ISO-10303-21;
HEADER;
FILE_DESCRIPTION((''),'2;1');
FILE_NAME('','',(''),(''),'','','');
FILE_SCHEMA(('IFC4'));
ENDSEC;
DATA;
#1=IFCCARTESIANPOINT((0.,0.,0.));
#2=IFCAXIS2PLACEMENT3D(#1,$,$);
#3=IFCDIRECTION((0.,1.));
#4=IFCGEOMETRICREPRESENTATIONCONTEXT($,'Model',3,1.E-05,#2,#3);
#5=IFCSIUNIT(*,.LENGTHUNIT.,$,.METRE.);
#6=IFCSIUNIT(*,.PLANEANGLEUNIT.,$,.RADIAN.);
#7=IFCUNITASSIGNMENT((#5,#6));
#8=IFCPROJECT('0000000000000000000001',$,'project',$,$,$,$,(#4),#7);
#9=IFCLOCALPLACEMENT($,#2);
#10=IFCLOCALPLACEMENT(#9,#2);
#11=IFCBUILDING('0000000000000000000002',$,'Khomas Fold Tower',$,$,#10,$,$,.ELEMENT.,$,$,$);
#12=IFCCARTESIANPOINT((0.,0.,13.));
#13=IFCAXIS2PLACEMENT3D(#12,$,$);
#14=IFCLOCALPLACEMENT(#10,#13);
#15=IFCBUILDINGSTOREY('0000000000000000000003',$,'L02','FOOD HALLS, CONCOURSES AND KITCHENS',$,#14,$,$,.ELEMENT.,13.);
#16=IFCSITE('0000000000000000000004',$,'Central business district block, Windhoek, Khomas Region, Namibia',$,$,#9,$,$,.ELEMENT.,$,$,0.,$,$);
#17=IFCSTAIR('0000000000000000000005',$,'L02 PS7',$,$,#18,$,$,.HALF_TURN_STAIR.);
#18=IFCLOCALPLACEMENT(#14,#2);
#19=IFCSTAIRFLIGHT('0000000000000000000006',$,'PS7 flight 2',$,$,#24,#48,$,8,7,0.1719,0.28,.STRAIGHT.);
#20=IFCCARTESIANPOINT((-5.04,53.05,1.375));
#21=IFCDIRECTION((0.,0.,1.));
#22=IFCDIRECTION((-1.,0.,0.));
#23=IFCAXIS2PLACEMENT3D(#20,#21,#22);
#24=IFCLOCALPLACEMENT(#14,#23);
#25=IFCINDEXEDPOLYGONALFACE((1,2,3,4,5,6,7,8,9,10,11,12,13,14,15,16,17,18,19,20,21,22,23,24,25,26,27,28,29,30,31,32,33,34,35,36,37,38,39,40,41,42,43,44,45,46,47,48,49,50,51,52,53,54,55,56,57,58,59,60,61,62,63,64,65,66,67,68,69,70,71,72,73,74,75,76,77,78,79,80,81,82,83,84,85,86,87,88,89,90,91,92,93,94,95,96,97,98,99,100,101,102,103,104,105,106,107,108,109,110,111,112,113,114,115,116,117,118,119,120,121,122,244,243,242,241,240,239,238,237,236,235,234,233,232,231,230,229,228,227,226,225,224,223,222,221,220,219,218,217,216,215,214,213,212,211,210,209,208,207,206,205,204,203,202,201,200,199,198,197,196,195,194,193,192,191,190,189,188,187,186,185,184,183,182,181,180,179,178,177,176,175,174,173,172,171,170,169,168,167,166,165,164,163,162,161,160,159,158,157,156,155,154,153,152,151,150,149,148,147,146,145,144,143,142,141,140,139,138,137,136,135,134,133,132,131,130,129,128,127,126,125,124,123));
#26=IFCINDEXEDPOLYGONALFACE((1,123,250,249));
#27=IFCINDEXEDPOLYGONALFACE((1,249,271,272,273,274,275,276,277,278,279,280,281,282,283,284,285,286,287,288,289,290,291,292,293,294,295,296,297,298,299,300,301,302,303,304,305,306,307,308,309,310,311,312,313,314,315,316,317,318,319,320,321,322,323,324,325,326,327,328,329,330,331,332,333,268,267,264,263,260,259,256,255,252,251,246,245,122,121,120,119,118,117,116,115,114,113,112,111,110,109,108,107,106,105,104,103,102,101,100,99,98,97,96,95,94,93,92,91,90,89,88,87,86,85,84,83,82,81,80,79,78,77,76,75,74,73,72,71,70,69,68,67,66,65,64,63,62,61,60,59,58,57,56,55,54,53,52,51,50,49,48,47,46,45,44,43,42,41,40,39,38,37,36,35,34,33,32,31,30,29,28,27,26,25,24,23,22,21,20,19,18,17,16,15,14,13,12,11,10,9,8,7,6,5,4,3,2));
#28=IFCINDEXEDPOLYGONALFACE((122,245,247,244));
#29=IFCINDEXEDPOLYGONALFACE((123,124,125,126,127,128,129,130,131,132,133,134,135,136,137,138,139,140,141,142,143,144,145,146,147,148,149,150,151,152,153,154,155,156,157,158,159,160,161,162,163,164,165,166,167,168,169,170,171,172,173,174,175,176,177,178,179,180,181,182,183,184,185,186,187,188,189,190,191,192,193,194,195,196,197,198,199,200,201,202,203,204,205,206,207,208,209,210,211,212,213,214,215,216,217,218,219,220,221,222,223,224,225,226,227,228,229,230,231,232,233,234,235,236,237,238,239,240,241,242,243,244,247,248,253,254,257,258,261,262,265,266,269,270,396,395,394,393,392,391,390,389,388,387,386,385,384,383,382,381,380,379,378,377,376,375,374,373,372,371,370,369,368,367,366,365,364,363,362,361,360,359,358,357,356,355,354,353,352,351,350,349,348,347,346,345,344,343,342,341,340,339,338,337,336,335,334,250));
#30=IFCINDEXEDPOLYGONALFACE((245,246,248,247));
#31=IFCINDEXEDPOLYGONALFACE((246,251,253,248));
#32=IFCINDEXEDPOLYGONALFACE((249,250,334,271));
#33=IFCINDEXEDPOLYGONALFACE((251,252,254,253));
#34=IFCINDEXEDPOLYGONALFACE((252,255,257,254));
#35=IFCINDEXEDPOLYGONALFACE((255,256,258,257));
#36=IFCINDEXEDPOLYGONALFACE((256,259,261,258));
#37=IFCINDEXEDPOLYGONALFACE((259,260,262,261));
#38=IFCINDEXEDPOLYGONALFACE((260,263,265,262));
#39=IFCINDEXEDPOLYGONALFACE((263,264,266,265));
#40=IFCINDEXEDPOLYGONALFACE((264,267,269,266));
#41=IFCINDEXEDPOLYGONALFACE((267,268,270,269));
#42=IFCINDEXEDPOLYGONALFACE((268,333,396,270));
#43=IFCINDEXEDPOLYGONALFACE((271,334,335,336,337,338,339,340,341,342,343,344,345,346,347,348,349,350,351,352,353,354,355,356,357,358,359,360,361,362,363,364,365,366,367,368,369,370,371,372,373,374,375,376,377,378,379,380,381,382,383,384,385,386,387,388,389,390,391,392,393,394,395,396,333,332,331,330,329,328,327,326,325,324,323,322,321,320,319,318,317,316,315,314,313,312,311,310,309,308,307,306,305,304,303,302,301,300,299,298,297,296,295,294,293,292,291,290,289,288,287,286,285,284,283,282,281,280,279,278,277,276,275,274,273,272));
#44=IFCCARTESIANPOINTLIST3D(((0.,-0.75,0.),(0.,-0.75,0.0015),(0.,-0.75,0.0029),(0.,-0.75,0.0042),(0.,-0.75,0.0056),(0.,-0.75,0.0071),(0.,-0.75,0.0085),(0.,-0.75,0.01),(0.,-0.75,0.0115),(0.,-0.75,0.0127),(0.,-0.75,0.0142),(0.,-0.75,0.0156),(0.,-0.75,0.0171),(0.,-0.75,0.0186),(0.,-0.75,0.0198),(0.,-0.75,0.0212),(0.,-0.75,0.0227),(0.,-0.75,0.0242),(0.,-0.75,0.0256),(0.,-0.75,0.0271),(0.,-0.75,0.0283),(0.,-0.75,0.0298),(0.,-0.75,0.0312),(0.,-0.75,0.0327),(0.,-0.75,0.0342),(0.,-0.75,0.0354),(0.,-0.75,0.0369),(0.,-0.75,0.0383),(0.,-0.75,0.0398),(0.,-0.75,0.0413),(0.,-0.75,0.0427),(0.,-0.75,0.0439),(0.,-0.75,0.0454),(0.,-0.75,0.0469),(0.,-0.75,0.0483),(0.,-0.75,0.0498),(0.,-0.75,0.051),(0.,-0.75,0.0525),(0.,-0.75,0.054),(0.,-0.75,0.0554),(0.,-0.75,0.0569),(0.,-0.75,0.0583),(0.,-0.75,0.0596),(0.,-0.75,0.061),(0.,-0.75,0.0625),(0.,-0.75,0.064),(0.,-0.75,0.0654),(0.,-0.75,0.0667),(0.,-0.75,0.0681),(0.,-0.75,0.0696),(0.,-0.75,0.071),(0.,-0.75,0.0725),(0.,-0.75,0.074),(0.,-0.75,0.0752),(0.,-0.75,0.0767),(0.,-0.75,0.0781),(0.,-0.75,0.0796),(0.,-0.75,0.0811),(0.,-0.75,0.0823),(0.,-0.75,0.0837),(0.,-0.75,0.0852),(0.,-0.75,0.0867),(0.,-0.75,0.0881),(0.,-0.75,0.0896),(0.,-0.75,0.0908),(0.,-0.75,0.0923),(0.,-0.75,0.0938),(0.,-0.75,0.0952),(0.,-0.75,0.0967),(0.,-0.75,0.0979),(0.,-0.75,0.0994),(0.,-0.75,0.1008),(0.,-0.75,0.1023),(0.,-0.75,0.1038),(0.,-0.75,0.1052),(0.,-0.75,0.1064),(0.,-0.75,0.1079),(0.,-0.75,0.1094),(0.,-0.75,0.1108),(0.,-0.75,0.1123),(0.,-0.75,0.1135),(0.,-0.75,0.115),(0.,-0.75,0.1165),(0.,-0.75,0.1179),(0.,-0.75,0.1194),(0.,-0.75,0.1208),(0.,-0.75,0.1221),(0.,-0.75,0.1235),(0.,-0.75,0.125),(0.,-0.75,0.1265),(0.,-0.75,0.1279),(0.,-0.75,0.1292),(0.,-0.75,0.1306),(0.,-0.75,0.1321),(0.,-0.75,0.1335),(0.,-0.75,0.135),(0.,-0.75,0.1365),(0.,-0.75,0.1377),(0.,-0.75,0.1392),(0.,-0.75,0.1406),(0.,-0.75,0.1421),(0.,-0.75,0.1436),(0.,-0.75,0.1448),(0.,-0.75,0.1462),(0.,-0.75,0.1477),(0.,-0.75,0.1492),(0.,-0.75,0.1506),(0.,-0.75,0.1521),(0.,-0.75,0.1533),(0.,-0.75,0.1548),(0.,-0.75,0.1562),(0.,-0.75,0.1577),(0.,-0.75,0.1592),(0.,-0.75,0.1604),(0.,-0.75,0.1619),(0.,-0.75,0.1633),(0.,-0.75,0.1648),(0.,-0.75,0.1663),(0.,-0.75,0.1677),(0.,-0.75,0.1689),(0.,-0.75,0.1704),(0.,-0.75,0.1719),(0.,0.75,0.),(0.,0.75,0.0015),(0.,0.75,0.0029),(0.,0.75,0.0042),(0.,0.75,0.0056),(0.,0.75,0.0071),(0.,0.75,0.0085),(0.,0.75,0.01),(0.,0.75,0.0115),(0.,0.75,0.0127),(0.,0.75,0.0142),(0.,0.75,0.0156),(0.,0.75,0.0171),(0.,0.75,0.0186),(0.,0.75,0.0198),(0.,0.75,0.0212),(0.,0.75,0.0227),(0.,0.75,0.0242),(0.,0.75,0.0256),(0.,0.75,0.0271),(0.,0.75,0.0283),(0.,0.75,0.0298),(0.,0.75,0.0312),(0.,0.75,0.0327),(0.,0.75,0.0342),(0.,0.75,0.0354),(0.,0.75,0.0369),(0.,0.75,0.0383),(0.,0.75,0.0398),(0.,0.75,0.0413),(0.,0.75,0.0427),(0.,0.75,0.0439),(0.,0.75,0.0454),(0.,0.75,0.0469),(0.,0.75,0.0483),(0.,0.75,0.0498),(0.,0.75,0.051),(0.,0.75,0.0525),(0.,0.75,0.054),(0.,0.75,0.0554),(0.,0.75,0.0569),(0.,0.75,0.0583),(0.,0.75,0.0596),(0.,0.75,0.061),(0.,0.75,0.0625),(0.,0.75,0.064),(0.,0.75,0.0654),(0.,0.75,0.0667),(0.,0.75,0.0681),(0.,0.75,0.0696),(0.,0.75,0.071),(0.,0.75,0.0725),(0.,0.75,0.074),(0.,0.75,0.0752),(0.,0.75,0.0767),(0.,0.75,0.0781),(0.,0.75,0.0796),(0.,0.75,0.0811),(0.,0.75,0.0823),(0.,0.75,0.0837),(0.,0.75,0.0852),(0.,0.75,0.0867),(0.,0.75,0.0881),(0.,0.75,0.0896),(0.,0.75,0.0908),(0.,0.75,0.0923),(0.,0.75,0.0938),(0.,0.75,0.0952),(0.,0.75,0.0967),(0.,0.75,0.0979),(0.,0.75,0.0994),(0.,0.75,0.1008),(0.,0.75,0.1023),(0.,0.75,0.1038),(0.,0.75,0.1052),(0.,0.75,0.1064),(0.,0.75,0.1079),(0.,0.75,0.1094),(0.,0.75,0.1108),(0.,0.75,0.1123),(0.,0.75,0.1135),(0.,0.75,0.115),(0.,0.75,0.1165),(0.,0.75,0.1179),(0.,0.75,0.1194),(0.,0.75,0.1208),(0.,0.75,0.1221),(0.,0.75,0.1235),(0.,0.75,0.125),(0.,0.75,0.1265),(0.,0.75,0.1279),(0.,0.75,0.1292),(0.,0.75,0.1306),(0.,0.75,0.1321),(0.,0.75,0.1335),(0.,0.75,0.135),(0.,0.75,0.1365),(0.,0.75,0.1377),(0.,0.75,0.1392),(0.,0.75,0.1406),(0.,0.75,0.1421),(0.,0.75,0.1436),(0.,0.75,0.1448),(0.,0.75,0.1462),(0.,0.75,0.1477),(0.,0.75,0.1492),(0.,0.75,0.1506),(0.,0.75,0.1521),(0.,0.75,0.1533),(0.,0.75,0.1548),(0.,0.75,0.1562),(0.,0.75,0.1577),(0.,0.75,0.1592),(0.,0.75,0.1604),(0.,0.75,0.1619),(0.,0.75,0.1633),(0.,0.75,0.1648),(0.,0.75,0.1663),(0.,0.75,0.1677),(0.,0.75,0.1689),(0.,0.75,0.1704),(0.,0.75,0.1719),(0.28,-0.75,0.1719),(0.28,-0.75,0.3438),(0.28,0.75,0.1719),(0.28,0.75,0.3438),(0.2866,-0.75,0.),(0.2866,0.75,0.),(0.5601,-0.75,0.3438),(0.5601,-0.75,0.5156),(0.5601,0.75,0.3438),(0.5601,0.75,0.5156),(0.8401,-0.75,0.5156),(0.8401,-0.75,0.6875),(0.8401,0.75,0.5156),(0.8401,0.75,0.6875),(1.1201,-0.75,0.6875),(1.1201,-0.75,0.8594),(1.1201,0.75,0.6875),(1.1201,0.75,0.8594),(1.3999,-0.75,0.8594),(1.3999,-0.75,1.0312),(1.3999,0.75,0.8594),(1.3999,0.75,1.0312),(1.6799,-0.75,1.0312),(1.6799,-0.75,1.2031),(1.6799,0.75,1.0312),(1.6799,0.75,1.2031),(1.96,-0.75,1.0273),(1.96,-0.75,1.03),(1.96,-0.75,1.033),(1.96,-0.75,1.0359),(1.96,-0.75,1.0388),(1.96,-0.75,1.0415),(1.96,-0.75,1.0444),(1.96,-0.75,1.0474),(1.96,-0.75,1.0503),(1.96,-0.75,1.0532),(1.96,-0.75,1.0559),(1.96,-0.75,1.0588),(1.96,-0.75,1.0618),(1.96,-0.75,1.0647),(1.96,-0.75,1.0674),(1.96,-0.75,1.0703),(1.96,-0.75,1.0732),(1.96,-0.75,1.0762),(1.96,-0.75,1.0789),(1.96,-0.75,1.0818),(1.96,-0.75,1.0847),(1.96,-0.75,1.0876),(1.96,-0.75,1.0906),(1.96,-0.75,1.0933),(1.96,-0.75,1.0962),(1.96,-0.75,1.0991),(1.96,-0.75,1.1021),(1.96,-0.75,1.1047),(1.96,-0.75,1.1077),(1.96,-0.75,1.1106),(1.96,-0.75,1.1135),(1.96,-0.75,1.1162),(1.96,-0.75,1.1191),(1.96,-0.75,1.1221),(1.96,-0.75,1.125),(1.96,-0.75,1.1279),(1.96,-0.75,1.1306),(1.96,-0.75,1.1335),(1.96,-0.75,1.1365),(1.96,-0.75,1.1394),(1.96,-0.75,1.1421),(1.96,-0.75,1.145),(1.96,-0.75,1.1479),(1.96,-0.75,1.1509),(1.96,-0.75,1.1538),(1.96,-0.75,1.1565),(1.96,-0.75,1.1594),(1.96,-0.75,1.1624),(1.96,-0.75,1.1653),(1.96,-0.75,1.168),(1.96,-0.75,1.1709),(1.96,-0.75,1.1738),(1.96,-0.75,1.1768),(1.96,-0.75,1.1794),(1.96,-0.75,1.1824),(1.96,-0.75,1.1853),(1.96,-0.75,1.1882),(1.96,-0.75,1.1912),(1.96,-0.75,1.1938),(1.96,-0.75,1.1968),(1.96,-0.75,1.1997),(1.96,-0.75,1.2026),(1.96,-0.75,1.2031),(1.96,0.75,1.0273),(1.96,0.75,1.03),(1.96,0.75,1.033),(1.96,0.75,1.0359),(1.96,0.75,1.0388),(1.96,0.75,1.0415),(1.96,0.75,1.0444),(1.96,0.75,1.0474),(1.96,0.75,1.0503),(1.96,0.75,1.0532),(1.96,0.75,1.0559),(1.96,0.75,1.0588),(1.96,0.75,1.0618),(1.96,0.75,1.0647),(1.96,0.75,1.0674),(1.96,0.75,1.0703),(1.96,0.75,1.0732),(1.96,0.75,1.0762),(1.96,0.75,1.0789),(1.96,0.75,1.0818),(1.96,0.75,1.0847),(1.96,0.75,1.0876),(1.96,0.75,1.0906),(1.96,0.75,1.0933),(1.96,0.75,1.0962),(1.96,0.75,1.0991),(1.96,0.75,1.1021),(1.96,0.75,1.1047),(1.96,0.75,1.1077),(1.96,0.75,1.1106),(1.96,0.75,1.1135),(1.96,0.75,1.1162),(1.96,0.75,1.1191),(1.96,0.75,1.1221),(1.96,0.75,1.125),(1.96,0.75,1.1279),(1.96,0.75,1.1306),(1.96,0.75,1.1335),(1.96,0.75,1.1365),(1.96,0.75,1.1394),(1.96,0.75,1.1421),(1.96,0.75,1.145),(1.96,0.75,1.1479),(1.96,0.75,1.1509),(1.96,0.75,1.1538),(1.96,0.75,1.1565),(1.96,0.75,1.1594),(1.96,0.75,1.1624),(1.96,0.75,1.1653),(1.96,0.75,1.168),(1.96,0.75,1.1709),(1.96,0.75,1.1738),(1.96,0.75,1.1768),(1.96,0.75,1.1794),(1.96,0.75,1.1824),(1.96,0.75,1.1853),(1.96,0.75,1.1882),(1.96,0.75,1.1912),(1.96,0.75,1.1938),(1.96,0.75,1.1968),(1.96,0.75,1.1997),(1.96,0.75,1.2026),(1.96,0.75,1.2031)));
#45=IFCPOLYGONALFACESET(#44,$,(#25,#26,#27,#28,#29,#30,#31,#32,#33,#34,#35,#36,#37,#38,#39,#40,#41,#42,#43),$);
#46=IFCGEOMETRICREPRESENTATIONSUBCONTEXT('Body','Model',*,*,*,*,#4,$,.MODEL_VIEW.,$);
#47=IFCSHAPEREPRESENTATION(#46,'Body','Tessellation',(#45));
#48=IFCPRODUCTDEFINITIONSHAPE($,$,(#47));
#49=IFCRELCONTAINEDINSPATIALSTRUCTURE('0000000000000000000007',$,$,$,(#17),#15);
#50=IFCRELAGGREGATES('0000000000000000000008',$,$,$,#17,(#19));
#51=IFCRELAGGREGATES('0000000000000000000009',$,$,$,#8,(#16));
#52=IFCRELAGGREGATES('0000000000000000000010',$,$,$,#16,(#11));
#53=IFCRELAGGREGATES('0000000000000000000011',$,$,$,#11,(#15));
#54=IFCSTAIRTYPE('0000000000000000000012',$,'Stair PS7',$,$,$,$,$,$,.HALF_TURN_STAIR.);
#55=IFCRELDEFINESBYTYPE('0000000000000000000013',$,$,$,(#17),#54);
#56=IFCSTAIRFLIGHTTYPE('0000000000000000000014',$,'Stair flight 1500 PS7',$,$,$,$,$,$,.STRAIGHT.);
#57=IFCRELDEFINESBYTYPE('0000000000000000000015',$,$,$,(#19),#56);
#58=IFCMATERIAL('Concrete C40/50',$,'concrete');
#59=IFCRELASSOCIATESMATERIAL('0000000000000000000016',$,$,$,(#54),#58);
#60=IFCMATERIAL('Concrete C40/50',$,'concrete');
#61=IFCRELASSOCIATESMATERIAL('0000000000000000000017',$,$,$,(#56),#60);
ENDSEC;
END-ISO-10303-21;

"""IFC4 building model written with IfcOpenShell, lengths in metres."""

from ifc_helpers import new_model, si_unit, direction, frame, origin, place, context, subcontext, project, spatial, polyline, outline, extrude, source, transform, mapped, material, type_object, element, aggregate, save


model = new_model("IFC4")

# Units and contexts
model_context = context("Model", 3, precision=1e-05, world=origin(), true_north=direction((0.0, 1.0)))
body_context = subcontext(model_context, "Body", "Model", "MODEL_VIEW")
ifc_project = project(units=[si_unit("LENGTHUNIT", "METRE"), si_unit("PLANEANGLEUNIT", "RADIAN")], contexts=[model_context])

# Site, building, storey
site_placement = place(None, origin())
site = spatial("IfcSite", under=ifc_project, at=site_placement, Name="Central business district block, Windhoek, Khomas Region, Namibia", CompositionType="ELEMENT", RefElevation=0.0)
building_placement = place(site_placement, origin())
building = spatial("IfcBuilding", under=site, at=building_placement, Name="Khomas Fold Tower", CompositionType="ELEMENT")
storey_placement = place(building_placement, frame((0.0, 0.0, 13.0)))
storey = spatial("IfcBuildingStorey", under=building, at=storey_placement, Name="L02", Description="FOOD HALLS, CONCOURSES AND KITCHENS", CompositionType="ELEMENT", Elevation=13.0)

# Stair, stair flight
ifc_material_1 = material(Name="Concrete C40/50", Category="concrete")
stair_type = type_object("IfcStairType", Name="Stair PS7", PredefinedType="HALF_TURN_STAIR", material=ifc_material_1)
stair_placement = place(storey_placement, origin())
stair = element("IfcStair", 1, at=stair_placement, inside=storey, type_object=stair_type, Name="L02 PS7", PredefinedType="HALF_TURN_STAIR")
ifc_material_2 = material(Name="Concrete C40/50", Category="concrete")
stair_flight_type = type_object("IfcStairFlightType", Name="Stair flight 1500 PS7", PredefinedType="STRAIGHT", material=ifc_material_2)
shared_shape_1 = source(origin(), body_context, "Body", "SweptSolid", [
    extrude(outline(polyline([(0.0, 0.0), (0.0, 0.0015), (0.0, 0.0029), (0.0, 0.0042), (0.0, 0.0056), (0.0, 0.0071), (0.0, 0.0085), (0.0, 0.01), (0.0, 0.0115), (0.0, 0.0127), (0.0, 0.0142), (0.0, 0.0156), (0.0, 0.0171), (0.0, 0.0186), (0.0, 0.0198), (0.0, 0.0212), (0.0, 0.0227), (0.0, 0.0242), (0.0, 0.0256), (0.0, 0.0271), (0.0, 0.0283), (0.0, 0.0298), (0.0, 0.0312), (0.0, 0.0327), (0.0, 0.0342), (0.0, 0.0354), (0.0, 0.0369), (0.0, 0.0383), (0.0, 0.0398), (0.0, 0.0413), (0.0, 0.0427), (0.0, 0.0439), (0.0, 0.0454), (0.0, 0.0469), (0.0, 0.0483), (0.0, 0.0498), (0.0, 0.051), (0.0, 0.0525), (0.0, 0.054), (0.0, 0.0554), (0.0, 0.0569), (0.0, 0.0583), (0.0, 0.0596), (0.0, 0.061), (0.0, 0.0625), (0.0, 0.064), (0.0, 0.0654), (0.0, 0.0667), (0.0, 0.0681), (0.0, 0.0696), (0.0, 0.071), (0.0, 0.0725), (0.0, 0.074), (0.0, 0.0752), (0.0, 0.0767), (0.0, 0.0781), (0.0, 0.0796), (0.0, 0.0811), (0.0, 0.0823), (0.0, 0.0837), (0.0, 0.0852), (0.0, 0.0867), (0.0, 0.0881), (0.0, 0.0896), (0.0, 0.0908), (0.0, 0.0923), (0.0, 0.0938), (0.0, 0.0952), (0.0, 0.0967), (0.0, 0.0979), (0.0, 0.0994), (0.0, 0.1008), (0.0, 0.1023), (0.0, 0.1038), (0.0, 0.1052), (0.0, 0.1064), (0.0, 0.1079), (0.0, 0.1094), (0.0, 0.1108), (0.0, 0.1123), (0.0, 0.1135), (0.0, 0.115), (0.0, 0.1165), (0.0, 0.1179), (0.0, 0.1194), (0.0, 0.1208), (0.0, 0.1221), (0.0, 0.1235), (0.0, 0.125), (0.0, 0.1265), (0.0, 0.1279), (0.0, 0.1292), (0.0, 0.1306), (0.0, 0.1321), (0.0, 0.1335), (0.0, 0.135), (0.0, 0.1365), (0.0, 0.1377), (0.0, 0.1392), (0.0, 0.1406), (0.0, 0.1421), (0.0, 0.1436), (0.0, 0.1448), (0.0, 0.1462), (0.0, 0.1477), (0.0, 0.1492), (0.0, 0.1506), (0.0, 0.1521), (0.0, 0.1533), (0.0, 0.1548), (0.0, 0.1562), (0.0, 0.1577), (0.0, 0.1592), (0.0, 0.1604), (0.0, 0.1619), (0.0, 0.1633), (0.0, 0.1648), (0.0, 0.1663), (0.0, 0.1677), (0.0, 0.1689), (0.0, 0.1704), (0.0, 0.1719), (0.28, 0.1719), (0.28, 0.3438), (0.5601, 0.3438), (0.5601, 0.5156), (0.8401, 0.5156), (0.8401, 0.6875), (1.1201, 0.6875), (1.1201, 0.8594), (1.3999, 0.8594), (1.3999, 1.0312), (1.6799, 1.0312), (1.6799, 1.2031), (1.96, 1.2031), (1.96, 1.375), (1.96, 1.3721), (1.96, 1.3691), (1.96, 1.3665), (1.96, 1.3635), (1.96, 1.3606), (1.96, 1.3577), (1.96, 1.355), (1.96, 1.3521), (1.96, 1.3491), (1.96, 1.3462), (1.96, 1.3435), (1.96, 1.3406), (1.96, 1.3376), (1.96, 1.3347), (1.96, 1.3318), (1.96, 1.3291), (1.96, 1.3262), (1.96, 1.3232), (1.96, 1.3203), (1.96, 1.3176), (1.96, 1.3147), (1.96, 1.3118), (1.96, 1.3088), (1.96, 1.3059), (1.96, 1.3032), (1.96, 1.3003), (1.96, 1.2974), (1.96, 1.2944), (1.96, 1.2917), (1.96, 1.2888), (1.96, 1.2859), (1.96, 1.283), (1.96, 1.2803), (1.96, 1.2773), (1.96, 1.2744), (1.96, 1.2715), (1.96, 1.2686), (1.96, 1.2659), (1.96, 1.2629), (1.96, 1.26), (1.96, 1.2571), (1.96, 1.2544), (1.96, 1.2515), (1.96, 1.2485), (1.96, 1.2456), (1.96, 1.2427), (1.96, 1.24), (1.96, 1.2371), (1.96, 1.2341), (1.96, 1.2312), (1.96, 1.2285), (1.96, 1.2256), (1.96, 1.2227), (1.96, 1.2197), (1.96, 1.217), (1.96, 1.2141), (1.96, 1.2112), (1.96, 1.2083), (1.96, 1.2053), (1.96, 1.2026), (1.96, 1.1997), (1.96, 1.1968), (1.96, 1.1938), (1.96, 1.1912), (1.96, 1.1882), (1.96, 1.1853), (1.96, 1.1824), (1.96, 1.1794), (1.96, 1.1768), (1.96, 1.1738), (1.96, 1.1709), (1.96, 1.168), (1.96, 1.1653), (1.96, 1.1624), (1.96, 1.1594), (1.96, 1.1565), (1.96, 1.1538), (1.96, 1.1509), (1.96, 1.1479), (1.96, 1.145), (1.96, 1.1421), (1.96, 1.1394), (1.96, 1.1365), (1.96, 1.1335), (1.96, 1.1306), (1.96, 1.1279), (1.96, 1.125), (1.96, 1.1221), (1.96, 1.1191), (1.96, 1.1162), (1.96, 1.1135), (1.96, 1.1106), (1.96, 1.1077), (1.96, 1.1047), (1.96, 1.1021), (1.96, 1.0991), (1.96, 1.0962), (1.96, 1.0933), (1.96, 1.0906), (1.96, 1.0876), (1.96, 1.0847), (1.96, 1.0818), (1.96, 1.0789), (1.96, 1.0762), (1.96, 1.0732), (1.96, 1.0703), (1.96, 1.0674), (1.96, 1.0647), (1.96, 1.0618), (1.96, 1.0588), (1.96, 1.0559), (1.96, 1.0532), (1.96, 1.0503), (1.96, 1.0474), (1.96, 1.0444), (1.96, 1.0415), (1.96, 1.0388), (1.96, 1.0359), (1.96, 1.033), (1.96, 1.03), (1.96, 1.0273), (0.2866, 0.0), (0.0, 0.0)])), frame((0.0, 0.75, 0.0), z_axis=(0.0, -1.0, 0.0), x_axis=(1.0, 0.0, 0.0)), (0.0, 0.0, 1.0), 1.5),
])
stair_flight_1_placement = place(storey_placement, frame((-5.04, 53.05, 1.375), z_axis=(0.0, 0.0, 1.0), x_axis=(-1.0, 0.0, 0.0)))
stair_flight_1 = element("IfcStairFlight", 2, at=stair_flight_1_placement, type_object=stair_flight_type, Name="PS7 flight 2", NumberOfRisers=8, NumberOfTreads=7, PredefinedType="STRAIGHT", RiserHeight=0.1719, TreadLength=0.28, context=body_context, shape_type="MappedRepresentation", body=[
    mapped(shared_shape_1, transform((0.0, 0.0, 0.0))),
])
aggregate(stair, [stair_flight_1])

save(model, "model.ifc")
